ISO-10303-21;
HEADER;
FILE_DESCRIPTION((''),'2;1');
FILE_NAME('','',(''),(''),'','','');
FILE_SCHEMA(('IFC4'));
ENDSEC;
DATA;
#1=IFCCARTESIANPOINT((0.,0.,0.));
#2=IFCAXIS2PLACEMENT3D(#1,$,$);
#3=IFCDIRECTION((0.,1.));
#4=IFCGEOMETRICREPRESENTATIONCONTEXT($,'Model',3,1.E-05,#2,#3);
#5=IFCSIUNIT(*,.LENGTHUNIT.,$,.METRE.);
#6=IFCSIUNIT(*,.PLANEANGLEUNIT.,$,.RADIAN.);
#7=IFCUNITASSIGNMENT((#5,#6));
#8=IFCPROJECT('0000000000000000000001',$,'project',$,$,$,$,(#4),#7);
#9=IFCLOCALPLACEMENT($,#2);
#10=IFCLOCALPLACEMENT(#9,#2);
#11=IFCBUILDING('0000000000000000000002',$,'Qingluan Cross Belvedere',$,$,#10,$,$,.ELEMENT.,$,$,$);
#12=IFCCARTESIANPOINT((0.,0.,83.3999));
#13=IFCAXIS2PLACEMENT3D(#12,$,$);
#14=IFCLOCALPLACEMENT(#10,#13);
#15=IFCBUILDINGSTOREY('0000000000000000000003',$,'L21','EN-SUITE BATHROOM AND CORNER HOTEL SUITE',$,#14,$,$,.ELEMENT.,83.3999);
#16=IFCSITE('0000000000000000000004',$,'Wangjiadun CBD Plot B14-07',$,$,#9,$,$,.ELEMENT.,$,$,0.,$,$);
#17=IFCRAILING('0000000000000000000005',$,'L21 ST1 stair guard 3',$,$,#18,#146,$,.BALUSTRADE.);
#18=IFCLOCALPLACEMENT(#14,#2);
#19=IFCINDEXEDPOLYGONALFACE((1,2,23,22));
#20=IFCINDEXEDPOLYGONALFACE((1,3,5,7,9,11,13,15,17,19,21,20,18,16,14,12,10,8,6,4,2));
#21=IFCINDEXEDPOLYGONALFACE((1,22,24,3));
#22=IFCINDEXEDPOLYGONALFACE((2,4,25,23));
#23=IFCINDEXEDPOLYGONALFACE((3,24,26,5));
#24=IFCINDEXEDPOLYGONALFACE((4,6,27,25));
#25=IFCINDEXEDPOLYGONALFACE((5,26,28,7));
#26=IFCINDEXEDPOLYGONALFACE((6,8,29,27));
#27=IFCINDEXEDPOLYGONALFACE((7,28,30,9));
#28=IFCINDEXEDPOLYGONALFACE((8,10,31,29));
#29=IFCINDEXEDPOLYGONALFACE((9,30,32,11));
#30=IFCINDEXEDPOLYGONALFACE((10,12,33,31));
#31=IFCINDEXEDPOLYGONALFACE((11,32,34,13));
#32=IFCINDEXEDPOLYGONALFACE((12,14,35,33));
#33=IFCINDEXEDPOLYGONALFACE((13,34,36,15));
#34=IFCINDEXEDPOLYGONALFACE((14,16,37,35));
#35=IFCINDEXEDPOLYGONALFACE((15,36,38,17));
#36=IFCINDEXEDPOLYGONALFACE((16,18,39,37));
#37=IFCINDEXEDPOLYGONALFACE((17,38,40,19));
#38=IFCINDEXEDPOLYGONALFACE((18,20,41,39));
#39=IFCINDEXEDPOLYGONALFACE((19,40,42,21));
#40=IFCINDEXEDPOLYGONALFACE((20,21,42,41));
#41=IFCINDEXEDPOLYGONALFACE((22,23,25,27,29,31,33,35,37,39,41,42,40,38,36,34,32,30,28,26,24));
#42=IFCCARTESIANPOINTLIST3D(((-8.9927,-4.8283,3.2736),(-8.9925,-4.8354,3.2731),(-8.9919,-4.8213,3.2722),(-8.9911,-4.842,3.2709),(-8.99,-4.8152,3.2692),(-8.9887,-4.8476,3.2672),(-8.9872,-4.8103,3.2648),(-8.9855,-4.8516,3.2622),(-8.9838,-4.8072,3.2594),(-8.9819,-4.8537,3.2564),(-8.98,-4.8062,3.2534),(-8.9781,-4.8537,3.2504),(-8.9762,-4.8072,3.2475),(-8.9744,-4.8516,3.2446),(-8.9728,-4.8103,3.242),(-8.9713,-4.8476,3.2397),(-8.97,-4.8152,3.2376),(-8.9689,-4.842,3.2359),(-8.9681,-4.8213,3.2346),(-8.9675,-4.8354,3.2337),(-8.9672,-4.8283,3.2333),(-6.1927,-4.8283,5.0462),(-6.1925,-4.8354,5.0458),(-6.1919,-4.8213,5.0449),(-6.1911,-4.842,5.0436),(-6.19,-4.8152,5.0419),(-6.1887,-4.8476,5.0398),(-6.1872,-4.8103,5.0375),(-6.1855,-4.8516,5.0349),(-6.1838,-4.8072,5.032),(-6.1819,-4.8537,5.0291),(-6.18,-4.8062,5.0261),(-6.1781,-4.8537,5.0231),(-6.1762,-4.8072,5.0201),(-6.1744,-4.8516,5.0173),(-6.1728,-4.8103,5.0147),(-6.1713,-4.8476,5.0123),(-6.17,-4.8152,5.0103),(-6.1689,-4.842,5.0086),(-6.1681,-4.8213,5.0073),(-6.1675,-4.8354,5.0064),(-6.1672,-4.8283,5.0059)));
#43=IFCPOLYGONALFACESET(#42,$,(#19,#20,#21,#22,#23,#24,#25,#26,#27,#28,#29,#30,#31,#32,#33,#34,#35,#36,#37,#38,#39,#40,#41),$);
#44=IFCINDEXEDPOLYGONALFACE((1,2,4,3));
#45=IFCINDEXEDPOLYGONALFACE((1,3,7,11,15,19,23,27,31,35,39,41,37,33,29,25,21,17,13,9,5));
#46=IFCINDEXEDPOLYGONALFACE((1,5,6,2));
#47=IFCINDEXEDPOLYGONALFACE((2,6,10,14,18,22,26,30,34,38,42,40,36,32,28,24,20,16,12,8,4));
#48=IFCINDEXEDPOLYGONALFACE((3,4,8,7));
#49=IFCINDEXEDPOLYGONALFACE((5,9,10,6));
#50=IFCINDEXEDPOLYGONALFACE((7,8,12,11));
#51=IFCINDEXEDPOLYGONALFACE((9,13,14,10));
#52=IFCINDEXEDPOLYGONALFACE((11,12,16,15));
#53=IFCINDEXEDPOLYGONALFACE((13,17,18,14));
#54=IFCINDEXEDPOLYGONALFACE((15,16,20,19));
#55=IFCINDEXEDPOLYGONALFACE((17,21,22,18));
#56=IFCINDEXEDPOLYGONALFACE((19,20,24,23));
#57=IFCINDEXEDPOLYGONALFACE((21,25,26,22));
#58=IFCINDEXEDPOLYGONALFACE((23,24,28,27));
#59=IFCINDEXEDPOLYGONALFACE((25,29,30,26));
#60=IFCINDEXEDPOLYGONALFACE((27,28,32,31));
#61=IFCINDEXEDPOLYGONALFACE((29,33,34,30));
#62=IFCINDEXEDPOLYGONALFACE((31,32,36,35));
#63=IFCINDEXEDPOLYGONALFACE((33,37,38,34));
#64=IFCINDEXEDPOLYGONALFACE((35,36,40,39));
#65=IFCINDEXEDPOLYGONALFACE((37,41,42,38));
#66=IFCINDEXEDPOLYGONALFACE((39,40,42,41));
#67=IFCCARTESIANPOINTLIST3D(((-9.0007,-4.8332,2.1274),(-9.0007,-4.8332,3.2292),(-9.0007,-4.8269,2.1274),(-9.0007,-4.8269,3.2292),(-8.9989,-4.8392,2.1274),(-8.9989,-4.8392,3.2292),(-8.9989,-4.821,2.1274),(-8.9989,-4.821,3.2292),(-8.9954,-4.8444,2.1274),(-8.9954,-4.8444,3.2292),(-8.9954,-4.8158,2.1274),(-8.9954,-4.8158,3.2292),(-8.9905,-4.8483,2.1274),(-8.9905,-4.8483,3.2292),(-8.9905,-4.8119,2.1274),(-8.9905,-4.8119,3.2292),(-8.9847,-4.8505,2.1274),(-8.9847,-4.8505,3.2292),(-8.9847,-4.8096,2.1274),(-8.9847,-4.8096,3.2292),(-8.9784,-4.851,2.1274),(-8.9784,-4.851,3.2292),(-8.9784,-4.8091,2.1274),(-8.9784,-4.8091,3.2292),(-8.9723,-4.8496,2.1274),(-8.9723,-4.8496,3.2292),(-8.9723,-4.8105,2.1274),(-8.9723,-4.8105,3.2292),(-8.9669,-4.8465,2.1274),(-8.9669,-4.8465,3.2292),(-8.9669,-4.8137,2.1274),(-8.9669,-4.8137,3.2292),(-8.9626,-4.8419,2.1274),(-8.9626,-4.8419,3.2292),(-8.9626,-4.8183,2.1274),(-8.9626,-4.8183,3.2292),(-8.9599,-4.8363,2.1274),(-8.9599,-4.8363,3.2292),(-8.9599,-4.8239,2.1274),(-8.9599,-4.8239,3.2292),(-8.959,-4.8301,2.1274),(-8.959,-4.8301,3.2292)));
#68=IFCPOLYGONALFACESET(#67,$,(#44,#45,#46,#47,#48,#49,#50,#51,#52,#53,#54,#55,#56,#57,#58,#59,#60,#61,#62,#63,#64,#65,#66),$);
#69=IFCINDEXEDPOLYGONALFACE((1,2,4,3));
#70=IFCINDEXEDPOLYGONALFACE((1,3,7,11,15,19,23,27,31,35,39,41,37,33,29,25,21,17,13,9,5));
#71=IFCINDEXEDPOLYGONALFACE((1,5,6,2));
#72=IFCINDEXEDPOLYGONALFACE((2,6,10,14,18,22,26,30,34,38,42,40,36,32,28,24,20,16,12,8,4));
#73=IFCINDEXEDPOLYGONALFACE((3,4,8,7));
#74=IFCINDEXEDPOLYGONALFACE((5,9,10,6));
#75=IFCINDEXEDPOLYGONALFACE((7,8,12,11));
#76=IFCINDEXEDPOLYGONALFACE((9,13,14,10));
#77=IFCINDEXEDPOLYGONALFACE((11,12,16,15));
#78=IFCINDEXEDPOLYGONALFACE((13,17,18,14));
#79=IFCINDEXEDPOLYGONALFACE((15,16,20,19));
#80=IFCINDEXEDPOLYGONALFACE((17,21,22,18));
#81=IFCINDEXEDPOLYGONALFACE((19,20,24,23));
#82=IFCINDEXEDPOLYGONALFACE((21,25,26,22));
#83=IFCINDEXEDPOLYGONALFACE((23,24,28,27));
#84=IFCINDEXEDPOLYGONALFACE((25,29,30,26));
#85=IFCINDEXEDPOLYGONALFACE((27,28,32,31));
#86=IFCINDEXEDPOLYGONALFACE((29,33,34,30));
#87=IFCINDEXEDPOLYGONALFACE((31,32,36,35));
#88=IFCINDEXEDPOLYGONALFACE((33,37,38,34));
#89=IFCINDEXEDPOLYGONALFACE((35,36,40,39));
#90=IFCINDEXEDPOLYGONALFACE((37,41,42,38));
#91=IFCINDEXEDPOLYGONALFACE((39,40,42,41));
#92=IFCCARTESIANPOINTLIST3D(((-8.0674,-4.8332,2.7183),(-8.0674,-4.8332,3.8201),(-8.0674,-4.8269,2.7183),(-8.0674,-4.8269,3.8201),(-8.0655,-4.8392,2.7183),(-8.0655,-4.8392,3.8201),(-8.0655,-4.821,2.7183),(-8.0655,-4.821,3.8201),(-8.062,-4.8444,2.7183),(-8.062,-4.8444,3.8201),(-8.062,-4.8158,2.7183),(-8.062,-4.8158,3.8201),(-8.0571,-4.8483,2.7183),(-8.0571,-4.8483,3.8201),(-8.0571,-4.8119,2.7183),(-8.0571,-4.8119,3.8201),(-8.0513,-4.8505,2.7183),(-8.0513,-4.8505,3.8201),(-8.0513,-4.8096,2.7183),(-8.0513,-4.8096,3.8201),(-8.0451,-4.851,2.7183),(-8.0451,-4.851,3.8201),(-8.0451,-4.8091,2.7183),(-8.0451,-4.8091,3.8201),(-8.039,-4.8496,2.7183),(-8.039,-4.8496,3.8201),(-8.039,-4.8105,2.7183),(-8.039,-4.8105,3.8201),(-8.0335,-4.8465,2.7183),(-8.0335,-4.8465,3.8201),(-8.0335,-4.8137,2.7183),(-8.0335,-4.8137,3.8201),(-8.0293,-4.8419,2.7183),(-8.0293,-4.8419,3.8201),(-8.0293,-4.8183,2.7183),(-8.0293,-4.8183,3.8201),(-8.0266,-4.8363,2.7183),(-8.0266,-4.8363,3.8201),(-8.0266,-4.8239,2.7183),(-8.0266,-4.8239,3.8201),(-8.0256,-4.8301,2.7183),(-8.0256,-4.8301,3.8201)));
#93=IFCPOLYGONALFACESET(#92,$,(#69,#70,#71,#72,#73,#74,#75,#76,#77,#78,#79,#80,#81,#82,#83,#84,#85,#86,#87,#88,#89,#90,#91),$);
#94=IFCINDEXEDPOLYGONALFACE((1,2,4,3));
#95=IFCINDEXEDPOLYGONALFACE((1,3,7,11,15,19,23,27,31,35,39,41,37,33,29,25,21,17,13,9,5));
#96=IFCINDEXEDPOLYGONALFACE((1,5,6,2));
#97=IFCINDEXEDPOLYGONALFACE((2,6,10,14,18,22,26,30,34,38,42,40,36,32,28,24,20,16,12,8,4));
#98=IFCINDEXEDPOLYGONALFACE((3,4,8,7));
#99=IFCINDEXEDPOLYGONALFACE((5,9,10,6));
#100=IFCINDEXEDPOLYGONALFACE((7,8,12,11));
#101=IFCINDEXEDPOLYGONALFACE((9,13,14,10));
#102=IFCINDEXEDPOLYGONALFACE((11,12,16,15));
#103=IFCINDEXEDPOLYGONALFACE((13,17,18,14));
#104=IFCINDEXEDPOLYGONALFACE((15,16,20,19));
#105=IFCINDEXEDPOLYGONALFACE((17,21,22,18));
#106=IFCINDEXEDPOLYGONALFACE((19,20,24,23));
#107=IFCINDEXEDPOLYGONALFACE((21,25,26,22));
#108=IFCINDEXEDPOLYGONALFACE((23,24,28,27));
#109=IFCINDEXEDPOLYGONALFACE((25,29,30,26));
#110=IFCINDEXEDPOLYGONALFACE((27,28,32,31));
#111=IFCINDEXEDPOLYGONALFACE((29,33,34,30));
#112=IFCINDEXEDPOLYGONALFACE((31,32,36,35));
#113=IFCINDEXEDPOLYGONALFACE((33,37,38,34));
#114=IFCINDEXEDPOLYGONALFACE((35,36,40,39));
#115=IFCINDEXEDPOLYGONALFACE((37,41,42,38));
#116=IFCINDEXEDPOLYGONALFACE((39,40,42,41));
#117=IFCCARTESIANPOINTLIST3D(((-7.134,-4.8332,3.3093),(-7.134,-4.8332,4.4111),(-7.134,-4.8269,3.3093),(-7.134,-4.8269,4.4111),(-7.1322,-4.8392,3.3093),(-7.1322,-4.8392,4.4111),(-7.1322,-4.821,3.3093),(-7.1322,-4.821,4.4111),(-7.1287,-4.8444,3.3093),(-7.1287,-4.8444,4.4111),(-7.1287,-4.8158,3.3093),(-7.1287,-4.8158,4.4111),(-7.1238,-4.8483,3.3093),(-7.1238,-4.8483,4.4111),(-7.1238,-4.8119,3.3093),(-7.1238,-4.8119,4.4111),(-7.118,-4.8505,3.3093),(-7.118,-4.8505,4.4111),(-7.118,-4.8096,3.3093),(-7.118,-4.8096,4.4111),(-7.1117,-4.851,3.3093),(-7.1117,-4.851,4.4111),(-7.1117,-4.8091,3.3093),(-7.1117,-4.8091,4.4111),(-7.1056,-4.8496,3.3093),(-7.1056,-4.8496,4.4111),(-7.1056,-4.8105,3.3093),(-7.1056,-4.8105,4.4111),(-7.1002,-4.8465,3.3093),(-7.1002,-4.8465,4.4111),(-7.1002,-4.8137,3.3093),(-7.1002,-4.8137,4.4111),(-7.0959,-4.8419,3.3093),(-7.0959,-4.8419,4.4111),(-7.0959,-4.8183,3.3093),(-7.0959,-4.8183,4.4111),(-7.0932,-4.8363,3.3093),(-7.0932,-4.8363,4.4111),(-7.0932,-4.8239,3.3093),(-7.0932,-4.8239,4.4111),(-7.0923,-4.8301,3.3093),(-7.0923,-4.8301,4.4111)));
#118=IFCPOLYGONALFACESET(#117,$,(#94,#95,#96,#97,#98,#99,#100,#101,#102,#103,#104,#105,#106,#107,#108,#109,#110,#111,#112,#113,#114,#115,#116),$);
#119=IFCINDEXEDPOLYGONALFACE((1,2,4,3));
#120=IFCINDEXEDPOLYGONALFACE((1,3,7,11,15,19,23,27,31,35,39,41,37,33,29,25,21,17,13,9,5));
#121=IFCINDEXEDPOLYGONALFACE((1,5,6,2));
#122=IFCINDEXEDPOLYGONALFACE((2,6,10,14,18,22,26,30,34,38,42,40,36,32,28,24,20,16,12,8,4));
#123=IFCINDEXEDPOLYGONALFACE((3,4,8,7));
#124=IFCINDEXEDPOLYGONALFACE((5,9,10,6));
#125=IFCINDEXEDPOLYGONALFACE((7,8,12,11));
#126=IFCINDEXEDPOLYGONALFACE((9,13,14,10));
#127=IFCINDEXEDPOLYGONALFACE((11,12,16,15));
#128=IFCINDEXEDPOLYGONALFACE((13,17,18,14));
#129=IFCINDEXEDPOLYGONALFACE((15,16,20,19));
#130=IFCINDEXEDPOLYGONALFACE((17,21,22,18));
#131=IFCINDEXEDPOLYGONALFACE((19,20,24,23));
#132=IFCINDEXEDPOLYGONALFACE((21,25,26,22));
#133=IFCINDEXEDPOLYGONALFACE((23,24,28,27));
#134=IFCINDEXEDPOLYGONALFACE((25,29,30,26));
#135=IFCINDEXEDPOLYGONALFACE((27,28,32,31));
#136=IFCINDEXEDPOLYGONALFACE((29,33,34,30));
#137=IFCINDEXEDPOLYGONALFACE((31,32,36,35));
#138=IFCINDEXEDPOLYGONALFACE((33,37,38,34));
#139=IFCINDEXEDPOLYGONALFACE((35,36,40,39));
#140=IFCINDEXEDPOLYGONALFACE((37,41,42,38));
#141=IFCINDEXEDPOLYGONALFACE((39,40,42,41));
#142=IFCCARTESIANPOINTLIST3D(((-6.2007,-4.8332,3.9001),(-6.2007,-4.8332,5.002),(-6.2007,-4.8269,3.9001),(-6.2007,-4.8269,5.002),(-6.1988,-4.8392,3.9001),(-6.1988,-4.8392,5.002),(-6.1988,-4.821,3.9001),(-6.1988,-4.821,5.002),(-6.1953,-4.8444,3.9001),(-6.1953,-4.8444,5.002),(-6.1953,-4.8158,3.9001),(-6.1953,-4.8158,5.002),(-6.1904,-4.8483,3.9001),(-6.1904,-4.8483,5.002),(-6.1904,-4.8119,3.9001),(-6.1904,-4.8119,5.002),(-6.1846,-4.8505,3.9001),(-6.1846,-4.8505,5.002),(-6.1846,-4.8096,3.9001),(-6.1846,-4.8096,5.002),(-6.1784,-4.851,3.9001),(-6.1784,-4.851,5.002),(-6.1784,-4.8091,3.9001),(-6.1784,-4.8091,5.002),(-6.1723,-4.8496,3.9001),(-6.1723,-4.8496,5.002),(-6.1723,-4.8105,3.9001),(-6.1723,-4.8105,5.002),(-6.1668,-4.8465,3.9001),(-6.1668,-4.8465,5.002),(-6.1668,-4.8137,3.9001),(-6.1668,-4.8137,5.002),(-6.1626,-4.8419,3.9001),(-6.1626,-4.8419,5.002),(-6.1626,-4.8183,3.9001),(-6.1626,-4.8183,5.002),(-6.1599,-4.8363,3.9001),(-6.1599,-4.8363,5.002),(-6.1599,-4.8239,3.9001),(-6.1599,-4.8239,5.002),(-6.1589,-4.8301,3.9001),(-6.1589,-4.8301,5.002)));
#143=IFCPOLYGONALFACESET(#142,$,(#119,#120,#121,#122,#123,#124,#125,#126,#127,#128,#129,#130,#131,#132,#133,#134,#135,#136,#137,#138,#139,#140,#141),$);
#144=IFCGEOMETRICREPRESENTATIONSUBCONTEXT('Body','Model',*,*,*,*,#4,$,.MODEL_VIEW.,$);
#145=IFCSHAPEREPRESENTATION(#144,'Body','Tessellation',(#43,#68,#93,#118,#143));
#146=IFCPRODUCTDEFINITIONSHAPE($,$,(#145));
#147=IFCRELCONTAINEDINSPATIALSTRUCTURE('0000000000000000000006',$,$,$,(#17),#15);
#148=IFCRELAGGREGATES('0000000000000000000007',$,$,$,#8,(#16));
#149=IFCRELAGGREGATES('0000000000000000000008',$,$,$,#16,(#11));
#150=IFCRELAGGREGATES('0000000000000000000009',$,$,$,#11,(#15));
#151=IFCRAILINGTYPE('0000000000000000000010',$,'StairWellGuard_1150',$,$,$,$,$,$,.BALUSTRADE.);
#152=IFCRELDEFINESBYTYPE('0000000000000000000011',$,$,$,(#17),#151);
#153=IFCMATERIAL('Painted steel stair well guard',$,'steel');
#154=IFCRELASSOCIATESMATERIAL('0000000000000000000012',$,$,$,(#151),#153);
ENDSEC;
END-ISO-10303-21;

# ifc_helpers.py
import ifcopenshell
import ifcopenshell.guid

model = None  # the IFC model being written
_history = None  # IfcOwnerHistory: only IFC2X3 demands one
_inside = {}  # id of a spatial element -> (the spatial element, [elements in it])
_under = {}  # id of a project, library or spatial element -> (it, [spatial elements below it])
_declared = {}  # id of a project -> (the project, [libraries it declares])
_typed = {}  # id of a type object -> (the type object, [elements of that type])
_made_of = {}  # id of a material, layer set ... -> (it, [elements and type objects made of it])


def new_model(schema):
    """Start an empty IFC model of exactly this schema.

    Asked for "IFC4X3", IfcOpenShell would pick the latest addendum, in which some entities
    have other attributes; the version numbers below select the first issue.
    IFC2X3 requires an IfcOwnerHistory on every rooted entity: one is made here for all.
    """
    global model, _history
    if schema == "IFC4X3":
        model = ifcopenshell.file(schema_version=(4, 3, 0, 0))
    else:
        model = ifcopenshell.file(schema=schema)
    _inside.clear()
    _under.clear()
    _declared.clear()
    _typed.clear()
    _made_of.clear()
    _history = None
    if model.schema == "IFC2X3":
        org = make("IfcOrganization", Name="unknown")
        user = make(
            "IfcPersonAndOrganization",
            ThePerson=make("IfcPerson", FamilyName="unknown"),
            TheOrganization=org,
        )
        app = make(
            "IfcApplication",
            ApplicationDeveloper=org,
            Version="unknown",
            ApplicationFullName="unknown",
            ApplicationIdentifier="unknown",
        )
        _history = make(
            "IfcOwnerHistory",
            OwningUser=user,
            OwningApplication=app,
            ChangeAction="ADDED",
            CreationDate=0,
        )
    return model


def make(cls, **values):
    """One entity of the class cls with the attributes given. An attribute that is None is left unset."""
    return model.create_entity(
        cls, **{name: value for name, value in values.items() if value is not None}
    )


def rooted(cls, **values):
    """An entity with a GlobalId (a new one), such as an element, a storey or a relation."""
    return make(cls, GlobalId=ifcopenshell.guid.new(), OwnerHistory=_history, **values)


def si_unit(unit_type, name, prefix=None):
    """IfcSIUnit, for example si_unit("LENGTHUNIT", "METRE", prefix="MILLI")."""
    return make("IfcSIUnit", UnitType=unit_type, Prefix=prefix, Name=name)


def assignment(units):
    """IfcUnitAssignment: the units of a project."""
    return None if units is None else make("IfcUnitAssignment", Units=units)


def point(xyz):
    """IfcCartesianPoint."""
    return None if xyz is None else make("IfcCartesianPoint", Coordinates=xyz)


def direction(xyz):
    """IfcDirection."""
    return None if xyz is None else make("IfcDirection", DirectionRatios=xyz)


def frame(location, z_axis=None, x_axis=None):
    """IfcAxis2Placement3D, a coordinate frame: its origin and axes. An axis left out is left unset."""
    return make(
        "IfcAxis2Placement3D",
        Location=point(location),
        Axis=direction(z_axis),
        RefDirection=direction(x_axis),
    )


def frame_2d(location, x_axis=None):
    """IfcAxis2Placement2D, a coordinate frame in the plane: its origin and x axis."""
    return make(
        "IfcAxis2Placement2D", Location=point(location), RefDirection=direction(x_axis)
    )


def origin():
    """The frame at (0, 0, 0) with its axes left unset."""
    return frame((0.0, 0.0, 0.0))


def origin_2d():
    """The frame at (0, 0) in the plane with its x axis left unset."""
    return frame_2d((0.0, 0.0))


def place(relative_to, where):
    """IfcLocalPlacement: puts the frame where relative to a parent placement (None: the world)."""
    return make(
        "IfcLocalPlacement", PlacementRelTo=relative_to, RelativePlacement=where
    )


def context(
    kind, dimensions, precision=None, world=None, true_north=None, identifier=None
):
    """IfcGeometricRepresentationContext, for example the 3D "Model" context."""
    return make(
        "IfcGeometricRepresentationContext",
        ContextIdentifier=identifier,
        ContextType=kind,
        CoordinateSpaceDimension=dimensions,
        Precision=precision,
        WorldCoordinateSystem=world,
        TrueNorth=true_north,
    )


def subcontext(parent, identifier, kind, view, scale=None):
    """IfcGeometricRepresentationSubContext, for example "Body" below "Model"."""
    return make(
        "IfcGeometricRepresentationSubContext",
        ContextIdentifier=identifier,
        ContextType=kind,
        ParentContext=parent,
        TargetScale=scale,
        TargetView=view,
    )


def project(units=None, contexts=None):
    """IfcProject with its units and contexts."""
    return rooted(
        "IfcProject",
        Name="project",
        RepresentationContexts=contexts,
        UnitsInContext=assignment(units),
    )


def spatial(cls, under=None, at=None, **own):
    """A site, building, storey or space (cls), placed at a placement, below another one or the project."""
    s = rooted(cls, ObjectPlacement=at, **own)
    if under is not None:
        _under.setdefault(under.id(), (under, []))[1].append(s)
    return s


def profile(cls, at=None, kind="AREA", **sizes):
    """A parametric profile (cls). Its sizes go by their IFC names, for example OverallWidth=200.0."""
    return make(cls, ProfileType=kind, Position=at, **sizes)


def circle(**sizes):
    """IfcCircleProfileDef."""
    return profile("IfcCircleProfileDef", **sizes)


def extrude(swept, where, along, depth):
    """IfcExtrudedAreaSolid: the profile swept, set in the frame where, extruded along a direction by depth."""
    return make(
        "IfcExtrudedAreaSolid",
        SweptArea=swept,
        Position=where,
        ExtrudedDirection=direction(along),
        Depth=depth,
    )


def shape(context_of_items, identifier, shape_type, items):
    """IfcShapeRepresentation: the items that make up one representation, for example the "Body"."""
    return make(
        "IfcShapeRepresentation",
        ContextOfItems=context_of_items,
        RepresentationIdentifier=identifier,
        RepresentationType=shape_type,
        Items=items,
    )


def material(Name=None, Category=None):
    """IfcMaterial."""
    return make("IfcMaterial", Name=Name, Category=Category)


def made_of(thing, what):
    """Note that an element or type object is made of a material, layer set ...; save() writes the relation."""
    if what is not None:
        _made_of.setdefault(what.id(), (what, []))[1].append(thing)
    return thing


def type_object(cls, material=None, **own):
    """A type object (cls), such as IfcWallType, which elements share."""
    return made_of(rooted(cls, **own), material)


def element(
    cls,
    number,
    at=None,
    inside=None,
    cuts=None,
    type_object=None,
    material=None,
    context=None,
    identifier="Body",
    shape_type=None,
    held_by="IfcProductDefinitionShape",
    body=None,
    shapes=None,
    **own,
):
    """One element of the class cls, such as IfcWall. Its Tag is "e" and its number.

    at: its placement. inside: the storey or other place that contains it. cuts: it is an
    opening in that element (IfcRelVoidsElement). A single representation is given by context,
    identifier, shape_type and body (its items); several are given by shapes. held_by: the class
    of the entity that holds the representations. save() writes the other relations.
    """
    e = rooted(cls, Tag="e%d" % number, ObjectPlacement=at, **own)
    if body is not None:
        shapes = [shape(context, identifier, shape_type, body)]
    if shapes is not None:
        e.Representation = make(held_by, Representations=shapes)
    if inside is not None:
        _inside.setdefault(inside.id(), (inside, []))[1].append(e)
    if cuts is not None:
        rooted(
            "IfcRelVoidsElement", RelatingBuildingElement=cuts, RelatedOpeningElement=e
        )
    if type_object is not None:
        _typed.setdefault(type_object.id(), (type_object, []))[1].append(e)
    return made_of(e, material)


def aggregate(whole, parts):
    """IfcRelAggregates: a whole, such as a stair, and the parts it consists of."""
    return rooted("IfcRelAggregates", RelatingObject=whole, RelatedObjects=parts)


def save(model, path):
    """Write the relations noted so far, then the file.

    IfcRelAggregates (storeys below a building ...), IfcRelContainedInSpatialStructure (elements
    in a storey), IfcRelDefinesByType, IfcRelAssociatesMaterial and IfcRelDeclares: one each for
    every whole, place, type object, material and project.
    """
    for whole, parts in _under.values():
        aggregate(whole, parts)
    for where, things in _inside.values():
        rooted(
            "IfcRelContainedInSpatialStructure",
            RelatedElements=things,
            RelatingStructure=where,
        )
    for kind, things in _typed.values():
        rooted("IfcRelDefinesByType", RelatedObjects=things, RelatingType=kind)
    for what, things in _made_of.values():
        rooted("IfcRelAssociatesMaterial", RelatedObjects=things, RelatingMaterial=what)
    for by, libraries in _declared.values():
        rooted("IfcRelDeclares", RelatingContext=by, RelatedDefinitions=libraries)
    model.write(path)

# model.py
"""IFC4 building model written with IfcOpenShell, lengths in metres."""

from ifc_helpers import new_model, si_unit, direction, frame, origin, origin_2d, place, context, subcontext, project, spatial, circle, extrude, material, type_object, element, save


model = new_model("IFC4")

# Units and contexts
model_context = context("Model", 3, precision=1e-05, world=origin(), true_north=direction((0.0, 1.0)))
body_context = subcontext(model_context, "Body", "Model", "MODEL_VIEW")
ifc_project = project(units=[si_unit("LENGTHUNIT", "METRE"), si_unit("PLANEANGLEUNIT", "RADIAN")], contexts=[model_context])

# Site, building, storey
site_placement = place(None, origin())
site = spatial("IfcSite", under=ifc_project, at=site_placement, Name="Wangjiadun CBD Plot B14-07", CompositionType="ELEMENT", RefElevation=0.0)
building_placement = place(site_placement, origin())
building = spatial("IfcBuilding", under=site, at=building_placement, Name="Qingluan Cross Belvedere", CompositionType="ELEMENT")
storey_placement = place(building_placement, frame((0.0, 0.0, 83.3999)))
storey = spatial("IfcBuildingStorey", under=building, at=storey_placement, Name="L21", Description="EN-SUITE BATHROOM AND CORNER HOTEL SUITE", CompositionType="ELEMENT", Elevation=83.3999)

# Railing
ifc_material_1 = material(Name="Painted steel stair well guard", Category="steel")
railing_type_1 = type_object("IfcRailingType", Name="StairWellGuard_1150", PredefinedType="BALUSTRADE", material=ifc_material_1)
railing_1_placement = place(storey_placement, frame((-8.98, -4.8301, 2.1274)))
element("IfcRailing", 1, at=railing_1_placement, inside=storey, type_object=railing_type_1, Name="L21 ST1 stair guard 3", PredefinedType="BALUSTRADE", context=body_context, shape_type="SweptSolid", body=[
    extrude(circle(Radius=0.0239, at=origin_2d()), frame((0.0, 0.0, 1.126), z_axis=(0.844909, 0.0, 0.53491), x_axis=(0.0, 1.0, 0.0)), (0.0, 0.0, 1.0), 3.314),
    extrude(circle(Radius=0.021, at=origin_2d()), origin(), (0.0, 0.0, 1.0), 1.1018),
    extrude(circle(Radius=0.021, at=origin_2d()), frame((0.9333, 0.0, 0.5908)), (0.0, 0.0, 1.0), 1.1018),
    extrude(circle(Radius=0.021, at=origin_2d()), frame((1.8667, 0.0, 1.1819)), (0.0, 0.0, 1.0), 1.1018),
    extrude(circle(Radius=0.021, at=origin_2d()), frame((2.8, 0.0, 1.7727)), (0.0, 0.0, 1.0), 1.1018),
])

save(model, "model.ifc")
